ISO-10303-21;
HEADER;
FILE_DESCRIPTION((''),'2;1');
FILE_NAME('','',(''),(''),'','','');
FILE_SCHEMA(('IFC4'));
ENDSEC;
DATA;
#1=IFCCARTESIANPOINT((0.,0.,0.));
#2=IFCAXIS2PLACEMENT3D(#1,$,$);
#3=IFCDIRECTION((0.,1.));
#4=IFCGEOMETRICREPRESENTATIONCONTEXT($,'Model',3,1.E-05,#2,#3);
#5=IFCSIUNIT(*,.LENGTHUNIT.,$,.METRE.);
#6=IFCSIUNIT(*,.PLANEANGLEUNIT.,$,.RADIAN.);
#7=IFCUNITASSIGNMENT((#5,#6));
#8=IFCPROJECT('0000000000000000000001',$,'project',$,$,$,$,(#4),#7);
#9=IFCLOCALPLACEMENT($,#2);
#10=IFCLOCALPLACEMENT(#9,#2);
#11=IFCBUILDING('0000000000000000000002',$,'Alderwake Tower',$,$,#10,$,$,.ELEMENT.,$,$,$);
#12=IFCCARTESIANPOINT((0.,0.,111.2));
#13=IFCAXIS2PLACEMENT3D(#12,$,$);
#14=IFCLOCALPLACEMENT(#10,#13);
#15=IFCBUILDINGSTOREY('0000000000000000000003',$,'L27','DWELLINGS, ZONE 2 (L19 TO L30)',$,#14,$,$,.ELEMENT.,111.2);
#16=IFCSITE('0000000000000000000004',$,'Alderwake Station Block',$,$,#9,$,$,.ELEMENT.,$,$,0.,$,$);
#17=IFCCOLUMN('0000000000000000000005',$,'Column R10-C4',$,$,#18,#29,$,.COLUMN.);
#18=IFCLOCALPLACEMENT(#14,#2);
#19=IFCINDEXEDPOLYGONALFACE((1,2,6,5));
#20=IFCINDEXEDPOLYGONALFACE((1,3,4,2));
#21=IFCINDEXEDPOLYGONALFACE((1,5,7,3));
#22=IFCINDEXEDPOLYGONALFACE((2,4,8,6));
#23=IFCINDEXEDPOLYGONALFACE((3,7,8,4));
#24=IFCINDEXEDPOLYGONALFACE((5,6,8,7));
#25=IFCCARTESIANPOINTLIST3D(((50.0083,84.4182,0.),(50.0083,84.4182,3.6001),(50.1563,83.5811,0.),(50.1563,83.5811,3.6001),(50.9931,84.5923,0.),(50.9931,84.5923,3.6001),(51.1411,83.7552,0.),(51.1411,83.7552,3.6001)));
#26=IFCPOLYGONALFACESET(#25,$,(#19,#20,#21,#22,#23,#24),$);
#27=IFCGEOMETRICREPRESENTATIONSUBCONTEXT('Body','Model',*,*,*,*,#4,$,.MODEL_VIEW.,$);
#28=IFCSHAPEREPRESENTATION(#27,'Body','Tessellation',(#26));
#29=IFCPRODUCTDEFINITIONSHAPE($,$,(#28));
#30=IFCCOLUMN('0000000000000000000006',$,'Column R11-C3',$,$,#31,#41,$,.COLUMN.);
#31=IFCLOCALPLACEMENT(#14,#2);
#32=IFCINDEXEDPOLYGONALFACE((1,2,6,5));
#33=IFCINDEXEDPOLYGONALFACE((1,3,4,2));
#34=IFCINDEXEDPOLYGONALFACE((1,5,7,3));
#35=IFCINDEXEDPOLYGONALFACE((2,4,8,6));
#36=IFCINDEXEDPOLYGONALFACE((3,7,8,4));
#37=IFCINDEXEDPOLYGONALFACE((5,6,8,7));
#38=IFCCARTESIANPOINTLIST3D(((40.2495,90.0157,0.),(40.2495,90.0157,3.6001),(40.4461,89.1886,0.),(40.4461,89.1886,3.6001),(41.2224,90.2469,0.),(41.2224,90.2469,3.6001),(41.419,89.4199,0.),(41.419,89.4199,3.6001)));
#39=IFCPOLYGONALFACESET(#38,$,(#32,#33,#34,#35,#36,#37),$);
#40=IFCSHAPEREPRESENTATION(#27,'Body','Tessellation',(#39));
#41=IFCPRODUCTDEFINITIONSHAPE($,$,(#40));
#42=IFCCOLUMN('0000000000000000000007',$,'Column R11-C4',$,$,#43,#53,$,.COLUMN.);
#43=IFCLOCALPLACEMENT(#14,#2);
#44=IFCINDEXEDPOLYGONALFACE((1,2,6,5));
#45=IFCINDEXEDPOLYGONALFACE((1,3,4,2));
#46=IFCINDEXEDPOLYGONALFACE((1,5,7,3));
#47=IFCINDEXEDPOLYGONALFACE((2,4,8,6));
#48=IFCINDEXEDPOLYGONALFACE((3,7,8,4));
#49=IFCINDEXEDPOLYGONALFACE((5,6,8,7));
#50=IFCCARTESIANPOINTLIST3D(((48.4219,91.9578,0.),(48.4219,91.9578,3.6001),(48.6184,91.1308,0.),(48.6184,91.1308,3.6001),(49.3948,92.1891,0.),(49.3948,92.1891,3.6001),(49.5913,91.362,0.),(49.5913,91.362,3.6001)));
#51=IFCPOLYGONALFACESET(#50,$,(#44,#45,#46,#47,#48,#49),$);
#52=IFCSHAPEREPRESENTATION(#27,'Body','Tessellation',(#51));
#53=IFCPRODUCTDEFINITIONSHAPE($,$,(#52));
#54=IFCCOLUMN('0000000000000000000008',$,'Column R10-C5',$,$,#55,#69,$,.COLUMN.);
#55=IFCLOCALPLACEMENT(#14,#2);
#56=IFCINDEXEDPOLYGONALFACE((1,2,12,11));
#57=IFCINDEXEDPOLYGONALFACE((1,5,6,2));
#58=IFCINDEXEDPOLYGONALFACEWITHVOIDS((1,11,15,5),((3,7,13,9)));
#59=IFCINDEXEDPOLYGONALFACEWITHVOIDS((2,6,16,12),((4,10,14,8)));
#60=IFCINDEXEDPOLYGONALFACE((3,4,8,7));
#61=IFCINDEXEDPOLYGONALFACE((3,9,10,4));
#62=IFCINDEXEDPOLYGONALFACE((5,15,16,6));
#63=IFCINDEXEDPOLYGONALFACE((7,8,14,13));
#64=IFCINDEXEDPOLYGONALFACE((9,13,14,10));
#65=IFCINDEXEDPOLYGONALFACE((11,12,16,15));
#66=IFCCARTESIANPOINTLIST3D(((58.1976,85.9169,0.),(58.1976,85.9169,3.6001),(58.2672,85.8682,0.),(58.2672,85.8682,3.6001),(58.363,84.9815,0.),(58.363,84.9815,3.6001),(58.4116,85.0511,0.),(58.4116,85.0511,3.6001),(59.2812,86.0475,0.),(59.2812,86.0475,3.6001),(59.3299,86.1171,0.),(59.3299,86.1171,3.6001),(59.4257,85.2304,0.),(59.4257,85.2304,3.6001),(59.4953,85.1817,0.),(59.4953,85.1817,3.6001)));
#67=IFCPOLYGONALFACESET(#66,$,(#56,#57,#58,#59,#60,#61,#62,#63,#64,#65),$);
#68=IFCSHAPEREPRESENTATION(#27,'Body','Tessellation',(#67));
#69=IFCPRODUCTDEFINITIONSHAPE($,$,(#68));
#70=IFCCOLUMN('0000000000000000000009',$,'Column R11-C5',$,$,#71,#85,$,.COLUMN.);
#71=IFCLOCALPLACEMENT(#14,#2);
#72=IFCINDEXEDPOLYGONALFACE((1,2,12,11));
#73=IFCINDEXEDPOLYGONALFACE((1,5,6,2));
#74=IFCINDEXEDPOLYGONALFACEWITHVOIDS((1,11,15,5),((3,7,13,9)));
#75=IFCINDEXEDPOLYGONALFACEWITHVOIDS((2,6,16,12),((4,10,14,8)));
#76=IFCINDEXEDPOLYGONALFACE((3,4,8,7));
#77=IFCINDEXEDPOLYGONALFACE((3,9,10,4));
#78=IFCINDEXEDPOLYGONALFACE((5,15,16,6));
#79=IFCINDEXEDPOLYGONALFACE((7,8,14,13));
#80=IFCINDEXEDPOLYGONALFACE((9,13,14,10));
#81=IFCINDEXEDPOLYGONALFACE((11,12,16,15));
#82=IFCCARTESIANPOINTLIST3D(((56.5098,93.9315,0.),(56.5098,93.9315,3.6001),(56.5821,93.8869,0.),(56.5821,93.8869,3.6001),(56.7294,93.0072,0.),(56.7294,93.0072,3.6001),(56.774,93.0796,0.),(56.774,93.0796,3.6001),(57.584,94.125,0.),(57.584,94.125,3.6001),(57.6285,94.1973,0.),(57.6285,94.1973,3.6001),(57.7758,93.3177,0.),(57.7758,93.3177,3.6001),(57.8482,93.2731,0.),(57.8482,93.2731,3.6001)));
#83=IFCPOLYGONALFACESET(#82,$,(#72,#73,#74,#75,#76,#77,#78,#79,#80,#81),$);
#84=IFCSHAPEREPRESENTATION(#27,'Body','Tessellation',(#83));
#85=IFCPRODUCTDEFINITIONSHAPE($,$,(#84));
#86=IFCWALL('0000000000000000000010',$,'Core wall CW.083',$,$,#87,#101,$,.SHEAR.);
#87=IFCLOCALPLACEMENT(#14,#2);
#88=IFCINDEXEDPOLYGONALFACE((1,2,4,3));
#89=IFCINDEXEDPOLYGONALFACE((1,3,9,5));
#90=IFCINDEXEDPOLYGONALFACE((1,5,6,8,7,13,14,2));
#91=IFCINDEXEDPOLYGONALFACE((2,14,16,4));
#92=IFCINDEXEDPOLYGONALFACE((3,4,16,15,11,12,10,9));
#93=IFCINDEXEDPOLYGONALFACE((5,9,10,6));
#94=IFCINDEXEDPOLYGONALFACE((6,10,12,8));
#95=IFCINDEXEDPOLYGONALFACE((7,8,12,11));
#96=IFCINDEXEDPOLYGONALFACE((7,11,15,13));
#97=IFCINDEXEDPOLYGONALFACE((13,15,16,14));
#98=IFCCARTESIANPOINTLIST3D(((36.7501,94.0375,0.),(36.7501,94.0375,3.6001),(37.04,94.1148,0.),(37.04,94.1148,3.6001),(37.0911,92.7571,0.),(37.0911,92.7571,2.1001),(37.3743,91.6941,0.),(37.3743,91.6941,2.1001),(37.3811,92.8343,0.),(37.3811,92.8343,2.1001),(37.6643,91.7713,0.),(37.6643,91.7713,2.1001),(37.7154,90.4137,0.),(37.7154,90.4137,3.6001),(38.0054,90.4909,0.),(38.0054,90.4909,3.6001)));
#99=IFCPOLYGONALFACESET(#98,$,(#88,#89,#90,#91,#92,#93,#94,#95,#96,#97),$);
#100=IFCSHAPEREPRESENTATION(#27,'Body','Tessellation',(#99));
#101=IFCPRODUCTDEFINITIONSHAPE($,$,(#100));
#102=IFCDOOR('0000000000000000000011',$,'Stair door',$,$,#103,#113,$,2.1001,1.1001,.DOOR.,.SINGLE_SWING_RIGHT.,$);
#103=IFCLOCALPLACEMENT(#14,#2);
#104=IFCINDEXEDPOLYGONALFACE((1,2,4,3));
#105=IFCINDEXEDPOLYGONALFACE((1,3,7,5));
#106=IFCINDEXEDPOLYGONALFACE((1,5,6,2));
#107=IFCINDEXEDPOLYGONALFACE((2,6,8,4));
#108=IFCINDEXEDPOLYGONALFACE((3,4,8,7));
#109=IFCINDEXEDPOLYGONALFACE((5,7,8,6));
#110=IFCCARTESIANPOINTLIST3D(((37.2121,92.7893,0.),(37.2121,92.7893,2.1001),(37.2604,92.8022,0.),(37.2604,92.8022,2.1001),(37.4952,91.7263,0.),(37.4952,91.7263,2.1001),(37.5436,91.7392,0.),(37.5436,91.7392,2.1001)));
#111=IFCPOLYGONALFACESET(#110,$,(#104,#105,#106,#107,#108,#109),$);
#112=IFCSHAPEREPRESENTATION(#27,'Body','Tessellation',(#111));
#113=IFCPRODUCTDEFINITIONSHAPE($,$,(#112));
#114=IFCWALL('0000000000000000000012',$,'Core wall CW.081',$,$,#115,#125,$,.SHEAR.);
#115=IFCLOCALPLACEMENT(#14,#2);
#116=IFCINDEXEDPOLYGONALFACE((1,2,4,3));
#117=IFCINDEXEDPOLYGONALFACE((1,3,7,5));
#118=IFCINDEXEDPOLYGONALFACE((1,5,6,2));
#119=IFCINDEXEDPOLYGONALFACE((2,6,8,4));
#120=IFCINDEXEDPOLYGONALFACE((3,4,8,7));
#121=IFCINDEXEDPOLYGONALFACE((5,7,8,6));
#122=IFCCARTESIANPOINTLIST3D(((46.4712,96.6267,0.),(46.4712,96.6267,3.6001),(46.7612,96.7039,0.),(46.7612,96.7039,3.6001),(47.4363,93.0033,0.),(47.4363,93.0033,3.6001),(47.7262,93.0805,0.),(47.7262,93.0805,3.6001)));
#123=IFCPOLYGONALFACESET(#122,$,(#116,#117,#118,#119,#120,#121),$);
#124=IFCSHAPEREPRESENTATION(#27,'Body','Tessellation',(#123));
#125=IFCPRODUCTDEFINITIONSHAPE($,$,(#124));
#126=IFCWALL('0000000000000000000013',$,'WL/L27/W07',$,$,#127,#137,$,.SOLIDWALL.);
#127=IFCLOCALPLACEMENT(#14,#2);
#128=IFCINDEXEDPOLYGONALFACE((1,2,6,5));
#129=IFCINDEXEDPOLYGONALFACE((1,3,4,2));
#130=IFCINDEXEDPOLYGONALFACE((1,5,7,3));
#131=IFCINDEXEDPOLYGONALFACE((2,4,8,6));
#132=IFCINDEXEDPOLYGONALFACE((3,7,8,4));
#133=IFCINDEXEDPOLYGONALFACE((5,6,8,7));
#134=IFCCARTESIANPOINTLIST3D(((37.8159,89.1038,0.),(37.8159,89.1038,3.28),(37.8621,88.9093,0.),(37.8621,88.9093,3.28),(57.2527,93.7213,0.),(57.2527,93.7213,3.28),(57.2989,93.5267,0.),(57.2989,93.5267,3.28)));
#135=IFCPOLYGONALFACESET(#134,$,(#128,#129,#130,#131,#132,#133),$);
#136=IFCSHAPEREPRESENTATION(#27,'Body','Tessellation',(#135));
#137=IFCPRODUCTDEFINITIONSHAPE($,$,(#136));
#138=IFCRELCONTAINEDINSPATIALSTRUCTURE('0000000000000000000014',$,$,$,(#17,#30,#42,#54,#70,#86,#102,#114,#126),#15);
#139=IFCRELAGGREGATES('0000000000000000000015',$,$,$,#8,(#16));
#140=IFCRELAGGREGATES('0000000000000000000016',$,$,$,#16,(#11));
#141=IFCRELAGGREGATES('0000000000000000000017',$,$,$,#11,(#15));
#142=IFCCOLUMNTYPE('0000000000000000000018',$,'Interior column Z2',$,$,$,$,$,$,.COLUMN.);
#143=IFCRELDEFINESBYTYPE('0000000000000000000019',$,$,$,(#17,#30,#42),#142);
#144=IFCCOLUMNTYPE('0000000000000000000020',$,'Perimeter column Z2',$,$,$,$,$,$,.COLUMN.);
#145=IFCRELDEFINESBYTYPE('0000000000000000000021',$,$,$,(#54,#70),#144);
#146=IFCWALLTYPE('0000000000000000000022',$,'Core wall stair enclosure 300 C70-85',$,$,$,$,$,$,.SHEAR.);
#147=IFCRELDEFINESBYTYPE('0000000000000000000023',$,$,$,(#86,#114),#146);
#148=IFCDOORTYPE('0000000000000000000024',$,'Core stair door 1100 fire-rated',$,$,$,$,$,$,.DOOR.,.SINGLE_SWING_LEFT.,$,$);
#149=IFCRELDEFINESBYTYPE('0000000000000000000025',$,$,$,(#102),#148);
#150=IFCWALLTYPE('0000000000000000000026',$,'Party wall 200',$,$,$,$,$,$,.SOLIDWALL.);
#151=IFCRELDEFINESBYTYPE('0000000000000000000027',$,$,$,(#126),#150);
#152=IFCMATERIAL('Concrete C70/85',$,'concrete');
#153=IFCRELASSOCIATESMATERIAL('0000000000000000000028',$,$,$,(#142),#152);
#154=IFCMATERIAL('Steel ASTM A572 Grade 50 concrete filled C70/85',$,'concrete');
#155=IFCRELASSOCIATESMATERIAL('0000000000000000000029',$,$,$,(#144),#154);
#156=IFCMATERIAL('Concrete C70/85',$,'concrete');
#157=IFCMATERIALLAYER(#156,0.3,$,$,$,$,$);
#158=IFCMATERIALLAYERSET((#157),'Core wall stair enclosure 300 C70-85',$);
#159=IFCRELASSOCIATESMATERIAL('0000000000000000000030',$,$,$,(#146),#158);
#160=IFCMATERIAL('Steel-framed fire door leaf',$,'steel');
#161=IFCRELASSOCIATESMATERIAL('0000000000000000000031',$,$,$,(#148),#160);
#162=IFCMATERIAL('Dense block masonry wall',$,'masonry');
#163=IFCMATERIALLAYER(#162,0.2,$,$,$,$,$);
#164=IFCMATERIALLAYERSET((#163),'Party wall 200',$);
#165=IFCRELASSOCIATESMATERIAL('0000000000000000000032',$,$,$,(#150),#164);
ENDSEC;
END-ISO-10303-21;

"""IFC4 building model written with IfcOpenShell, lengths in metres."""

from ifc_helpers import new_model, si_unit, direction, frame, frame_2d, origin, origin_2d, place, context, subcontext, project, spatial, rectangle, hollow_rectangle, extrude, material, layer, layer_set, material_profile, profile_set, type_object, element, fill, save


model = new_model("IFC4")

# Units and contexts
model_context = context("Model", 3, precision=1e-05, world=origin(), true_north=direction((0.0, 1.0)))
body_context = subcontext(model_context, "Body", "Model", "MODEL_VIEW")
ifc_project = project(units=[si_unit("LENGTHUNIT", "METRE"), si_unit("PLANEANGLEUNIT", "RADIAN")], contexts=[model_context])

# Site, building, storey
site_placement = place(None, origin())
site = spatial("IfcSite", under=ifc_project, at=site_placement, Name="Alderwake Station Block", CompositionType="ELEMENT", RefElevation=0.0)
building_placement = place(site_placement, origin())
building = spatial("IfcBuilding", under=site, at=building_placement, Name="Alderwake Tower", CompositionType="ELEMENT")
storey_placement = place(building_placement, frame((0.0, 0.0, 111.2)))
storey = spatial("IfcBuildingStorey", under=building, at=storey_placement, Name="L27", Description="DWELLINGS, ZONE 2 (L19 TO L30)", CompositionType="ELEMENT", Elevation=111.2)

# Columns
ifc_material_1 = material(Name="Concrete C70/85", Category="concrete")
ifc_material_profile_1 = material_profile(ifc_material_1, rectangle(XDim=0.8501, YDim=1.0, at=origin_2d()), Name="RC 1000X850")
ifc_profile_set_1 = profile_set([ifc_material_profile_1], Name="Concrete C70/85")
column_type_1 = type_object("IfcColumnType", Name="Interior column Z2", PredefinedType="COLUMN", material=ifc_profile_set_1)
for number, where, z_axis, x_axis, name in (
    (1, (50.5747, 84.0867, 0.0), (0.0, 0.0, 1.0), (-0.174107, 0.984727, 0.0), "Column R10-C4"),
    (2, (40.8342, 89.7178, 0.0), (0.0, 0.0, 1.0), (-0.231222, 0.972901, 0.0), "Column R11-C3"),
    (3, (49.0066, 91.6599, 0.0), (0.0, 0.0, 1.0), (-0.231222, 0.972901, 0.0), "Column R11-C4"),
):
    element("IfcColumn", number, at=place(storey_placement, frame(where, z_axis=z_axis, x_axis=x_axis)), inside=storey, type_object=column_type_1, Name=name, PredefinedType="COLUMN", context=body_context, shape_type="SweptSolid", body=[
        extrude(rectangle(XDim=0.8501, YDim=1.0, at=origin_2d()), origin(), (0.0, 0.0, 1.0), 3.6001),
    ])
ifc_material_2 = material(Name="Steel ASTM A572 Grade 50 concrete filled C70/85", Category="concrete")
ifc_material_profile_2 = material_profile(ifc_material_2, hollow_rectangle(XDim=0.95, YDim=1.1499, WallThickness=0.0601, at=origin_2d()), Name="BOX 1150X950X60")
ifc_profile_set_2 = profile_set([ifc_material_profile_2], Name="Steel ASTM A572 Grade 50 concrete filled C70/85")
column_type_2 = type_object("IfcColumnType", Name="Perimeter column Z2", PredefinedType="COLUMN", material=ifc_profile_set_2)
for number, where, z_axis, x_axis, name in (
    (4, (58.8464, 85.5493, 0.0), (0.0, 0.0, 1.0), (-0.174107, 0.984727, 0.0), "Column R10-C5"),
    (5, (57.179, 93.6023, 0.0), (0.0, 0.0, 1.0), (-0.231222, 0.972901, 0.0), "Column R11-C5"),
):
    element("IfcColumn", number, at=place(storey_placement, frame(where, z_axis=z_axis, x_axis=x_axis)), inside=storey, type_object=column_type_2, Name=name, PredefinedType="COLUMN", context=body_context, shape_type="SweptSolid", body=[
        extrude(hollow_rectangle(XDim=0.95, YDim=1.1499, WallThickness=0.0601, at=origin_2d()), origin(), (0.0, 0.0, 1.0), 3.6001),
    ])

# Wall, opening, door
ifc_material_3 = material(Name="Concrete C70/85", Category="concrete")
ifc_layer_1 = layer(ifc_material_3, 0.3)
ifc_layer_set_1 = layer_set([ifc_layer_1], Name="Core wall stair enclosure 300 C70-85")
wall_type_1 = type_object("IfcWallType", Name="Core wall stair enclosure 300 C70-85", PredefinedType="SHEAR", material=ifc_layer_set_1)
wall_1_placement = place(storey_placement, frame((37.8604, 90.4524, 0.0), z_axis=(0.0, 0.0, 1.0), x_axis=(-0.257411, 0.966302, 0.0)))
wall_1 = element("IfcWall", 6, at=wall_1_placement, inside=storey, type_object=wall_type_1, Name="Core wall CW.083", PredefinedType="SHEAR", context=body_context, shape_type="SweptSolid", body=[
    extrude(rectangle(XDim=3.7502, YDim=0.3, at=frame_2d((1.875, 0.0))), origin(), (0.0, 0.0, 1.0), 3.6001),
])
opening_1_placement = place(wall_1_placement, frame((1.325, 0.0, 0.0)))
opening_1 = element("IfcOpeningElement", 7, at=opening_1_placement, cuts=wall_1, PredefinedType="OPENING", context=body_context, shape_type="SweptSolid", body=[
    extrude(rectangle(XDim=1.1001, YDim=2.1001, at=frame_2d((0.55, 1.05))), frame((0.0, 0.1599, 0.0), z_axis=(0.0, -1.0, 0.0), x_axis=(1.0, 0.0, 0.0)), (0.0, 0.0, 1.0), 0.3201),
])
ifc_material_4 = material(Name="Steel-framed fire door leaf", Category="steel")
door_type_1 = type_object("IfcDoorType", Name="Core stair door 1100 fire-rated", OperationType="SINGLE_SWING_LEFT", PredefinedType="DOOR", material=ifc_material_4)
door_1_placement = place(opening_1_placement, origin())
door_1 = element("IfcDoor", 8, at=door_1_placement, inside=storey, type_object=door_type_1, Name="Stair door", OperationType="SINGLE_SWING_RIGHT", OverallHeight=2.1001, OverallWidth=1.1001, PredefinedType="DOOR", context=body_context, shape_type="SweptSolid", body=[
    extrude(rectangle(XDim=1.1001, YDim=2.1001, at=frame_2d((0.55, 1.05))), frame((0.0, 0.0249, 0.0), z_axis=(0.0, -1.0, 0.0), x_axis=(1.0, 0.0, 0.0)), (0.0, 0.0, 1.0), 0.05),
])
fill(opening_1, door_1)

# Wall
wall_2_placement = place(storey_placement, frame((47.5813, 93.0417, 0.0), z_axis=(0.0, 0.0, 1.0), x_axis=(-0.257367, 0.966314, 0.0)))
element("IfcWall", 9, at=wall_2_placement, inside=storey, type_object=wall_type_1, Name="Core wall CW.081", PredefinedType="SHEAR", context=body_context, shape_type="SweptSolid", body=[
    extrude(rectangle(XDim=3.7498, YDim=0.3, at=frame_2d((1.875, 0.0))), origin(), (0.0, 0.0, 1.0), 3.6001),
])

# Wall
ifc_material_5 = material(Name="Dense block masonry wall", Category="masonry")
ifc_layer_2 = layer(ifc_material_5, 0.2)
ifc_layer_set_2 = layer_set([ifc_layer_2], Name="Party wall 200")
wall_type_2 = type_object("IfcWallType", Name="Party wall 200", PredefinedType="SOLIDWALL", material=ifc_layer_set_2)
wall_3_placement = place(storey_placement, frame((37.8391, 89.0066, 0.0), z_axis=(0.0, 0.0, 1.0), x_axis=(0.972923, 0.231129, 0.0)))
element("IfcWall", 10, at=wall_3_placement, inside=storey, type_object=wall_type_2, Name="WL/L27/W07", PredefinedType="SOLIDWALL", context=body_context, shape_type="SweptSolid", body=[
    extrude(rectangle(XDim=19.9778, YDim=0.2, at=frame_2d((9.9888, 0.0))), origin(), (0.0, 0.0, 1.0), 3.28),
])

save(model, "model.ifc")
